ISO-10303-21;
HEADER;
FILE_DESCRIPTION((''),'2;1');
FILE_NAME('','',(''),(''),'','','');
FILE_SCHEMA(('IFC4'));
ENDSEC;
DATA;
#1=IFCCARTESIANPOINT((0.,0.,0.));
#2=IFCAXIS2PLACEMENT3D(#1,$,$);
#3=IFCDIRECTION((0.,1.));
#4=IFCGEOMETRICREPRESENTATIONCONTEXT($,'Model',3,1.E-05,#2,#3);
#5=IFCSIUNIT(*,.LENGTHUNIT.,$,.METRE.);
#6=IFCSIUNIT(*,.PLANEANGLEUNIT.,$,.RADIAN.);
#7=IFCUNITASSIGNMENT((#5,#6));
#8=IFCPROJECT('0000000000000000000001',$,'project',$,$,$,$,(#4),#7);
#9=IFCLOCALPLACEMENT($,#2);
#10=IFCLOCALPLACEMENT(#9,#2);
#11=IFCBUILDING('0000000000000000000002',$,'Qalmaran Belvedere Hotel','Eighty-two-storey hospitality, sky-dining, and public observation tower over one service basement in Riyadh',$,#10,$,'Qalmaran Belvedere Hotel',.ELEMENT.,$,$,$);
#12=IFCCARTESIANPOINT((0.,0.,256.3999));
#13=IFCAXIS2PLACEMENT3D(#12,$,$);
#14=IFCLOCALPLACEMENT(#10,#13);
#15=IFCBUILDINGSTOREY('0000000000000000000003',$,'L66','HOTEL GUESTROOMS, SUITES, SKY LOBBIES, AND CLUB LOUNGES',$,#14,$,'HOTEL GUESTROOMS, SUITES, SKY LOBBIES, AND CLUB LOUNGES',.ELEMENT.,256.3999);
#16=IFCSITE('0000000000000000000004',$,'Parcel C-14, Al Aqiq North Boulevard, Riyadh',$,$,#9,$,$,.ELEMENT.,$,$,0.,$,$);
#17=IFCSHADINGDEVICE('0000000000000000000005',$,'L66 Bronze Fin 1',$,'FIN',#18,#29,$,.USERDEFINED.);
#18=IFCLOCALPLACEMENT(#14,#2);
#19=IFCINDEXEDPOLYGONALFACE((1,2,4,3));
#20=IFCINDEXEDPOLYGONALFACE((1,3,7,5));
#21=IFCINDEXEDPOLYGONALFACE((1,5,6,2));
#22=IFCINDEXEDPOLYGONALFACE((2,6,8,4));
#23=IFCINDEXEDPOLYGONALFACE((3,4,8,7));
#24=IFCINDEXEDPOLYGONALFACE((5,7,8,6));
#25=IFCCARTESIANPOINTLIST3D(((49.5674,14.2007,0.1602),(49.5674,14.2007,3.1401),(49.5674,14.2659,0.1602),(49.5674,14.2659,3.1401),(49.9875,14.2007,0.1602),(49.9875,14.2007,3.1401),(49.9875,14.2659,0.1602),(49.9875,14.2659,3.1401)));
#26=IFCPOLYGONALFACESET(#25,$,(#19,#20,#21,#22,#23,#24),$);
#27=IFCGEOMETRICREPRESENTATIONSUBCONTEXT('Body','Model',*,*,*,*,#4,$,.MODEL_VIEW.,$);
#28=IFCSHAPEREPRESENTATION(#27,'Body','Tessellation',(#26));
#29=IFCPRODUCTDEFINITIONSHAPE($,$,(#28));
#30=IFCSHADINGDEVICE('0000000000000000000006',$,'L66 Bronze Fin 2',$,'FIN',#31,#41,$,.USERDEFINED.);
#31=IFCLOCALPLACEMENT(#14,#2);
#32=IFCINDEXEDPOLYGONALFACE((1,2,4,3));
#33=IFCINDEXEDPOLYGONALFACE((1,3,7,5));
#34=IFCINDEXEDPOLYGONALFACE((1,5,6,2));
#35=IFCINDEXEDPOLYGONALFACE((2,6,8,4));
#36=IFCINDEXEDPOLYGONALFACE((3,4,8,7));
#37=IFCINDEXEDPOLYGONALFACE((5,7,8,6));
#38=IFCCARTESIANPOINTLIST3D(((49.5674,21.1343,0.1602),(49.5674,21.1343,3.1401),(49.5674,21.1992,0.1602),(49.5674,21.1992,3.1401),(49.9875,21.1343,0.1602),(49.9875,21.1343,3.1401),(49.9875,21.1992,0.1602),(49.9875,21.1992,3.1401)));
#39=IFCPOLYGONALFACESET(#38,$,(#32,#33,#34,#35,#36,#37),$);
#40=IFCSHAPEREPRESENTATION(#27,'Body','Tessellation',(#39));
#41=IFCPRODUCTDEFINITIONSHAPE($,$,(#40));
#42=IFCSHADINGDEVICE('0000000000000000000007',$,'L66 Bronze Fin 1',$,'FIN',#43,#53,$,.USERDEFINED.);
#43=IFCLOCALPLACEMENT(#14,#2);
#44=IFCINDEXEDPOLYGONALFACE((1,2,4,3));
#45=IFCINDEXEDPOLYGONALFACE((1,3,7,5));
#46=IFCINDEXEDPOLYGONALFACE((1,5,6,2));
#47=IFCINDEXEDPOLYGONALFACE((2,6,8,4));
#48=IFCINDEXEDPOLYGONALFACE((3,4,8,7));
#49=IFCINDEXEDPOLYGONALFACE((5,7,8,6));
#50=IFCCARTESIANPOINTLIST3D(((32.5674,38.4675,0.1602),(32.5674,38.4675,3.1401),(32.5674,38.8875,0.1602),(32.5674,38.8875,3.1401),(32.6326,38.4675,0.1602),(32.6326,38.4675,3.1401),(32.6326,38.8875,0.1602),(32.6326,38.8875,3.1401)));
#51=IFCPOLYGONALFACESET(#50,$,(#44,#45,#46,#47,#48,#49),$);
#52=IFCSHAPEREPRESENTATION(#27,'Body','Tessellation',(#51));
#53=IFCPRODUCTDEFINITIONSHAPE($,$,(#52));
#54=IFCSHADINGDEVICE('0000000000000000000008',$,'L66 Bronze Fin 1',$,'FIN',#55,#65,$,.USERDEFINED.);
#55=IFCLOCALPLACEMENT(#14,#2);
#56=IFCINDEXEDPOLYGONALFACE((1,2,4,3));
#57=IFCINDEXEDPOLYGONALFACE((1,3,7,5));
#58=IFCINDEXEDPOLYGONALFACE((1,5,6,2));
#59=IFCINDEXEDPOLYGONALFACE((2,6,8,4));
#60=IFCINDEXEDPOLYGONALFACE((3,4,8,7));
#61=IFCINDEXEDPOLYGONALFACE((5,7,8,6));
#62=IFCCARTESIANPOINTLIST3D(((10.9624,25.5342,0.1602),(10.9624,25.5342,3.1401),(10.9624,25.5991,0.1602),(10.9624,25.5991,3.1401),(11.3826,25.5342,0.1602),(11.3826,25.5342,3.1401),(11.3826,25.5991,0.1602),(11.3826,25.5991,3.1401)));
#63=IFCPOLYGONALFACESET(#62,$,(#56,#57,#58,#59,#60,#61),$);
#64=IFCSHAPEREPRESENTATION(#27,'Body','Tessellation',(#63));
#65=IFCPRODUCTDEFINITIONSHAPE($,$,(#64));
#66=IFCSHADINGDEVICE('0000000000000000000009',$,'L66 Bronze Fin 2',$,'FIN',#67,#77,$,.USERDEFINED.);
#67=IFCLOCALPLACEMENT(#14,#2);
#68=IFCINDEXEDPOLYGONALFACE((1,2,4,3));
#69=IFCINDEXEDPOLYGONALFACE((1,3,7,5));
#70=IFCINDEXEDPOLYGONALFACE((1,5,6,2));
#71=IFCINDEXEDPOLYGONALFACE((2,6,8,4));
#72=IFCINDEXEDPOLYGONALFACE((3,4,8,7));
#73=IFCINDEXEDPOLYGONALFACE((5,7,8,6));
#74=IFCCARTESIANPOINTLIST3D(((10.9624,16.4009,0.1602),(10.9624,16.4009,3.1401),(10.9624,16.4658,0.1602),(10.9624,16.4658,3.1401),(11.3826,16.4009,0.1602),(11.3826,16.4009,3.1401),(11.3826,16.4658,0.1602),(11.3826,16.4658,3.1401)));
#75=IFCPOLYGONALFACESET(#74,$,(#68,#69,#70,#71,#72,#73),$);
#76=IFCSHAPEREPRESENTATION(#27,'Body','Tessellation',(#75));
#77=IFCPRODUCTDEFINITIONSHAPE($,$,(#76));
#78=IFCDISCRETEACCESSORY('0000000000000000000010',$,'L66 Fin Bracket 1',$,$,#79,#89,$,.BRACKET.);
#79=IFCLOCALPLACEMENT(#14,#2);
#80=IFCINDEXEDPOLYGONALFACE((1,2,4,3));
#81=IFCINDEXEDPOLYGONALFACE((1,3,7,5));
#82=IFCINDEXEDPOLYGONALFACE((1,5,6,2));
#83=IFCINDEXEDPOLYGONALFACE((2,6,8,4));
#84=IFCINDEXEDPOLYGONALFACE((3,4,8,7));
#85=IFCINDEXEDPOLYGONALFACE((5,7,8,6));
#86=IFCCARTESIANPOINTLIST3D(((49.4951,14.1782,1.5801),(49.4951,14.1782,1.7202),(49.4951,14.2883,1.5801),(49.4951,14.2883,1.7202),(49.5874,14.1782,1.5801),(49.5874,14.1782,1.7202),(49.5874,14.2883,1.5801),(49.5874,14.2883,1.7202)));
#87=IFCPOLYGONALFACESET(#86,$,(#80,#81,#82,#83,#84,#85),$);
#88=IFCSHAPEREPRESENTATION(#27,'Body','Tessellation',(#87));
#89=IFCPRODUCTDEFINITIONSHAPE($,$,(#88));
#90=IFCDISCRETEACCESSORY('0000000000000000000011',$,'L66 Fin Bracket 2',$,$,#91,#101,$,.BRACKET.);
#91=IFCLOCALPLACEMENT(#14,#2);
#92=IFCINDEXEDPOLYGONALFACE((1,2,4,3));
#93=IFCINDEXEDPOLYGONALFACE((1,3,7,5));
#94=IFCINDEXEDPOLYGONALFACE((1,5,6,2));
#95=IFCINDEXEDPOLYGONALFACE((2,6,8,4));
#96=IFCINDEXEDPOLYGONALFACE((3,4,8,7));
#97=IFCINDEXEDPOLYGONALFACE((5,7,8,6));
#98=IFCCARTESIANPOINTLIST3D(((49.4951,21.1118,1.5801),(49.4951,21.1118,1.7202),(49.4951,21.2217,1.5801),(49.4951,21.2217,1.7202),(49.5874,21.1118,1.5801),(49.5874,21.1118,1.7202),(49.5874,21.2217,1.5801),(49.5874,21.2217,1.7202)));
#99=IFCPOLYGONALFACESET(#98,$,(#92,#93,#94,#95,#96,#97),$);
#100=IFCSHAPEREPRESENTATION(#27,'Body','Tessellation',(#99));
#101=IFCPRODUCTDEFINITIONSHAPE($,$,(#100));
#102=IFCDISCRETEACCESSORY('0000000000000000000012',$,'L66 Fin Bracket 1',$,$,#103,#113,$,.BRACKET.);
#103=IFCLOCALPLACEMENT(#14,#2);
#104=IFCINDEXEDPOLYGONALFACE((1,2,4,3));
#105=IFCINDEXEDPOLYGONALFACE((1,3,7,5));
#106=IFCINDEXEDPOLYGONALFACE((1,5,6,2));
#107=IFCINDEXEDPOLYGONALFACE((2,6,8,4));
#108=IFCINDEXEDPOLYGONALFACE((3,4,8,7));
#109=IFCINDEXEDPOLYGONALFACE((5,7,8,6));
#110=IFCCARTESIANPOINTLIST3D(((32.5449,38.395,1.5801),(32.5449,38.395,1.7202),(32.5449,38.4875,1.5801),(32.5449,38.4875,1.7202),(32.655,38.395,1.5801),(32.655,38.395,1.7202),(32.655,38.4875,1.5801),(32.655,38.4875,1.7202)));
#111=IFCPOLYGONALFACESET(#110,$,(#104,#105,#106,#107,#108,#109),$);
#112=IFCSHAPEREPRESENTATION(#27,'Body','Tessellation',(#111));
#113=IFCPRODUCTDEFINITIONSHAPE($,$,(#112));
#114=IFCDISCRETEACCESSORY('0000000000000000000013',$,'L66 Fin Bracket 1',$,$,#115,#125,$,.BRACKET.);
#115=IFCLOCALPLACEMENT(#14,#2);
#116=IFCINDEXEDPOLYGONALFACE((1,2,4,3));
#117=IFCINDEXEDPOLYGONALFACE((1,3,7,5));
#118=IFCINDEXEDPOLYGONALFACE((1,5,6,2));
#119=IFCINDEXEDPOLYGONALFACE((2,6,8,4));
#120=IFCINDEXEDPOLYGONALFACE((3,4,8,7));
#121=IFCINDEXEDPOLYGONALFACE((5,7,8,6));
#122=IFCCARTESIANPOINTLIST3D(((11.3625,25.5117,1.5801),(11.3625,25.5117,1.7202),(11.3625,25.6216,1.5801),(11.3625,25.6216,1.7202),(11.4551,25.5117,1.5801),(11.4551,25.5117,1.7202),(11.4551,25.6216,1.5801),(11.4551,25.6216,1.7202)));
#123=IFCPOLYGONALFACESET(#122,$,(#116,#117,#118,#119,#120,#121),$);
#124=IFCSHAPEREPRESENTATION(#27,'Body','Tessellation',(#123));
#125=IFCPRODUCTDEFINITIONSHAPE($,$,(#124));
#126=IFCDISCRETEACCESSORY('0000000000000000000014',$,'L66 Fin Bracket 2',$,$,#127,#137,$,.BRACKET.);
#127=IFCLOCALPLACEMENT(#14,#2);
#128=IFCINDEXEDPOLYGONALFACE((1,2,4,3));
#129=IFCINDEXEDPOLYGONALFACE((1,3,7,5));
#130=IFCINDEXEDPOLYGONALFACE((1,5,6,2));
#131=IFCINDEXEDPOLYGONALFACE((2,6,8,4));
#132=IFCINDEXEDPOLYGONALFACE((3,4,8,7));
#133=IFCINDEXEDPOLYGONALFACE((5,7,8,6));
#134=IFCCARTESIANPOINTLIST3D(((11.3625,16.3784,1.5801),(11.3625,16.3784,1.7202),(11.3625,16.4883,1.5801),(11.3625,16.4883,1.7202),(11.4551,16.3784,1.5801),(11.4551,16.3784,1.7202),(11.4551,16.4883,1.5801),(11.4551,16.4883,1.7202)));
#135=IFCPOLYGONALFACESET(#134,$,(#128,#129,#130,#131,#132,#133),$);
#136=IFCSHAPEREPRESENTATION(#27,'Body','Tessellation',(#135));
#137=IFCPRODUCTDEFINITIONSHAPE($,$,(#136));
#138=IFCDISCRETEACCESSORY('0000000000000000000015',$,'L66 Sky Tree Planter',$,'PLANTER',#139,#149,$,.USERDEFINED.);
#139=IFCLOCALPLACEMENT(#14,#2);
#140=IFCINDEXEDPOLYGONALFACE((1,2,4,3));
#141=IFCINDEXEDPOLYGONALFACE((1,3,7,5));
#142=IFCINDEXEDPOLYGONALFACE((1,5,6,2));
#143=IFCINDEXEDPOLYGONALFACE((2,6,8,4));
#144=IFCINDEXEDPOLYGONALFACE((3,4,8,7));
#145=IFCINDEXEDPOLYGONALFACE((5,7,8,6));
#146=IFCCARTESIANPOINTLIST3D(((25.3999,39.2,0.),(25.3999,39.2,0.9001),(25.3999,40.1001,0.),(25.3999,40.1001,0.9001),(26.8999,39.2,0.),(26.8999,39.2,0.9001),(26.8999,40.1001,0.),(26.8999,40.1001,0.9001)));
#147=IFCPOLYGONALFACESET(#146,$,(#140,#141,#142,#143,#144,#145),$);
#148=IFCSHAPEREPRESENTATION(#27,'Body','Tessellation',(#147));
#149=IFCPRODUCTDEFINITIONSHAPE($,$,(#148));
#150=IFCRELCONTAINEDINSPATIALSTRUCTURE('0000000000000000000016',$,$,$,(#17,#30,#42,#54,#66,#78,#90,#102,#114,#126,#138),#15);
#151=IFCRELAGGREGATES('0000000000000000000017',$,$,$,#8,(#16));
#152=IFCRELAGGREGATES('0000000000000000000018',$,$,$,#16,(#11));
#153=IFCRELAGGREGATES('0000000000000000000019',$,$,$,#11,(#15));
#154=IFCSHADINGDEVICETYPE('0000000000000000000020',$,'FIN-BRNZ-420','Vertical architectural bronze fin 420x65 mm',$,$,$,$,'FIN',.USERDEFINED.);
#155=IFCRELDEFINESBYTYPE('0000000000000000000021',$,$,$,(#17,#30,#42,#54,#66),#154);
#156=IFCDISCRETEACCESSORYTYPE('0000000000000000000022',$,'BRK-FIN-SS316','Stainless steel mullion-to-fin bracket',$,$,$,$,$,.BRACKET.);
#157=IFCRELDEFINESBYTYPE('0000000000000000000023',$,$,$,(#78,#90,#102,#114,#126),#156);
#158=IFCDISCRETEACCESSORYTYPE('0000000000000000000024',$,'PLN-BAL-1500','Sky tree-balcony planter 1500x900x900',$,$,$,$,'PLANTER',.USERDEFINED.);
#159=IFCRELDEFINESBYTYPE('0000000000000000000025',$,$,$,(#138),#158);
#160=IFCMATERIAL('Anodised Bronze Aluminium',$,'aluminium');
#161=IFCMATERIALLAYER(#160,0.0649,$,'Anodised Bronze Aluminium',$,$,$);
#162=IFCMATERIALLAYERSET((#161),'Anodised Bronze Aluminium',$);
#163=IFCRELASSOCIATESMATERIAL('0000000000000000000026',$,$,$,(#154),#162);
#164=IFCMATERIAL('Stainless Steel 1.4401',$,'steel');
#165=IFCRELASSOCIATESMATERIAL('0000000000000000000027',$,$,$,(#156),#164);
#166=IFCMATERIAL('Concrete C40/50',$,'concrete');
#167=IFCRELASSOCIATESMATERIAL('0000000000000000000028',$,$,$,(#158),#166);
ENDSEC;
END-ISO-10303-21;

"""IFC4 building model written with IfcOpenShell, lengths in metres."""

from ifc_helpers import new_model, si_unit, direction, frame, origin, place, context, subcontext, project, spatial, polyline, outline, extrude, material, layer, layer_set, type_object, element, save


model = new_model("IFC4")

# Units and contexts
model_context = context("Model", 3, precision=1e-05, world=origin(), true_north=direction((0.0, 1.0)))
body_context = subcontext(model_context, "Body", "Model", "MODEL_VIEW")
ifc_project = project(units=[si_unit("LENGTHUNIT", "METRE"), si_unit("PLANEANGLEUNIT", "RADIAN")], contexts=[model_context])

# Site, building, storey
site_placement = place(None, origin())
site = spatial("IfcSite", under=ifc_project, at=site_placement, Name="Parcel C-14, Al Aqiq North Boulevard, Riyadh", CompositionType="ELEMENT", RefElevation=0.0)
building_placement = place(site_placement, origin())
building = spatial("IfcBuilding", under=site, at=building_placement, Name="Qalmaran Belvedere Hotel", Description="Eighty-two-storey hospitality, sky-dining, and public observation tower over one service basement in Riyadh", LongName="Qalmaran Belvedere Hotel", CompositionType="ELEMENT")
storey_placement = place(building_placement, frame((0.0, 0.0, 256.3999)))
storey = spatial("IfcBuildingStorey", under=building, at=storey_placement, Name="L66", Description="HOTEL GUESTROOMS, SUITES, SKY LOBBIES, AND CLUB LOUNGES", LongName="HOTEL GUESTROOMS, SUITES, SKY LOBBIES, AND CLUB LOUNGES", CompositionType="ELEMENT", Elevation=256.3999)

# Shared definitions
ifc_material_1 = material(Name="Anodised Bronze Aluminium", Category="aluminium")

# Shared definitions
ifc_material_2 = material(Name="Concrete C40/50", Category="concrete")

# Shading devices
ifc_layer_1 = layer(ifc_material_1, 0.0649, Name="Anodised Bronze Aluminium")
ifc_layer_set_1 = layer_set([ifc_layer_1], Name="Anodised Bronze Aluminium")
shading_device_type = type_object("IfcShadingDeviceType", Name="FIN-BRNZ-420", Description="Vertical architectural bronze fin 420x65 mm", ElementType="FIN", PredefinedType="USERDEFINED", material=ifc_layer_set_1)
shading_device_1_placement = place(storey_placement, frame((0.0, 0.0, 0.1602)))
element("IfcShadingDevice", 1, at=shading_device_1_placement, inside=storey, type_object=shading_device_type, Name="L66 Bronze Fin 1", ObjectType="FIN", PredefinedType="USERDEFINED", context=body_context, shape_type="SweptSolid", body=[
    extrude(outline(polyline([(49.5674, 14.2007), (49.9875, 14.2007), (49.9875, 14.2659), (49.5674, 14.2659), (49.5674, 14.2007)])), origin(), (0.0, 0.0, 1.0), 2.98),
])
shading_device_2_placement = place(storey_placement, frame((0.0, 0.0, 0.1602)))
element("IfcShadingDevice", 2, at=shading_device_2_placement, inside=storey, type_object=shading_device_type, Name="L66 Bronze Fin 2", ObjectType="FIN", PredefinedType="USERDEFINED", context=body_context, shape_type="SweptSolid", body=[
    extrude(outline(polyline([(49.5674, 21.1343), (49.9875, 21.1343), (49.9875, 21.1992), (49.5674, 21.1992), (49.5674, 21.1343)])), origin(), (0.0, 0.0, 1.0), 2.98),
])
shading_device_3_placement = place(storey_placement, frame((0.0, 0.0, 0.1602)))
element("IfcShadingDevice", 3, at=shading_device_3_placement, inside=storey, type_object=shading_device_type, Name="L66 Bronze Fin 1", ObjectType="FIN", PredefinedType="USERDEFINED", context=body_context, shape_type="SweptSolid", body=[
    extrude(outline(polyline([(32.6326, 38.4675), (32.6326, 38.8875), (32.5674, 38.8875), (32.5674, 38.4675), (32.6326, 38.4675)])), origin(), (0.0, 0.0, 1.0), 2.98),
])
shading_device_4_placement = place(storey_placement, frame((0.0, 0.0, 0.1602)))
element("IfcShadingDevice", 4, at=shading_device_4_placement, inside=storey, type_object=shading_device_type, Name="L66 Bronze Fin 1", ObjectType="FIN", PredefinedType="USERDEFINED", context=body_context, shape_type="SweptSolid", body=[
    extrude(outline(polyline([(11.3826, 25.5991), (10.9624, 25.5991), (10.9624, 25.5342), (11.3826, 25.5342), (11.3826, 25.5991)])), origin(), (0.0, 0.0, 1.0), 2.98),
])
shading_device_5_placement = place(storey_placement, frame((0.0, 0.0, 0.1602)))
element("IfcShadingDevice", 5, at=shading_device_5_placement, inside=storey, type_object=shading_device_type, Name="L66 Bronze Fin 2", ObjectType="FIN", PredefinedType="USERDEFINED", context=body_context, shape_type="SweptSolid", body=[
    extrude(outline(polyline([(11.3826, 16.4658), (10.9624, 16.4658), (10.9624, 16.4009), (11.3826, 16.4009), (11.3826, 16.4658)])), origin(), (0.0, 0.0, 1.0), 2.98),
])

# Discrete accessories
ifc_material_3 = material(Name="Stainless Steel 1.4401", Category="steel")
discrete_accessory_type_1 = type_object("IfcDiscreteAccessoryType", Name="BRK-FIN-SS316", Description="Stainless steel mullion-to-fin bracket", PredefinedType="BRACKET", material=ifc_material_3)
discrete_accessory_1_placement = place(storey_placement, frame((0.0, 0.0, 1.5801)))
element("IfcDiscreteAccessory", 6, at=discrete_accessory_1_placement, inside=storey, type_object=discrete_accessory_type_1, Name="L66 Fin Bracket 1", PredefinedType="BRACKET", context=body_context, shape_type="SweptSolid", body=[
    extrude(outline(polyline([(49.4951, 14.1782), (49.5874, 14.1782), (49.5874, 14.2883), (49.4951, 14.2883), (49.4951, 14.1782)])), origin(), (0.0, 0.0, 1.0), 0.1401),
])
discrete_accessory_2_placement = place(storey_placement, frame((0.0, 0.0, 1.5801)))
element("IfcDiscreteAccessory", 7, at=discrete_accessory_2_placement, inside=storey, type_object=discrete_accessory_type_1, Name="L66 Fin Bracket 2", PredefinedType="BRACKET", context=body_context, shape_type="SweptSolid", body=[
    extrude(outline(polyline([(49.4951, 21.1118), (49.5874, 21.1118), (49.5874, 21.2217), (49.4951, 21.2217), (49.4951, 21.1118)])), origin(), (0.0, 0.0, 1.0), 0.1401),
])
discrete_accessory_3_placement = place(storey_placement, frame((0.0, 0.0, 1.5801)))
element("IfcDiscreteAccessory", 8, at=discrete_accessory_3_placement, inside=storey, type_object=discrete_accessory_type_1, Name="L66 Fin Bracket 1", PredefinedType="BRACKET", context=body_context, shape_type="SweptSolid", body=[
    extrude(outline(polyline([(32.655, 38.395), (32.655, 38.4875), (32.5449, 38.4875), (32.5449, 38.395), (32.655, 38.395)])), origin(), (0.0, 0.0, 1.0), 0.1401),
])
discrete_accessory_4_placement = place(storey_placement, frame((0.0, 0.0, 1.5801)))
element("IfcDiscreteAccessory", 9, at=discrete_accessory_4_placement, inside=storey, type_object=discrete_accessory_type_1, Name="L66 Fin Bracket 1", PredefinedType="BRACKET", context=body_context, shape_type="SweptSolid", body=[
    extrude(outline(polyline([(11.4551, 25.6216), (11.3625, 25.6216), (11.3625, 25.5117), (11.4551, 25.5117), (11.4551, 25.6216)])), origin(), (0.0, 0.0, 1.0), 0.1401),
])
discrete_accessory_5_placement = place(storey_placement, frame((0.0, 0.0, 1.5801)))
element("IfcDiscreteAccessory", 10, at=discrete_accessory_5_placement, inside=storey, type_object=discrete_accessory_type_1, Name="L66 Fin Bracket 2", PredefinedType="BRACKET", context=body_context, shape_type="SweptSolid", body=[
    extrude(outline(polyline([(11.4551, 16.4883), (11.3625, 16.4883), (11.3625, 16.3784), (11.4551, 16.3784), (11.4551, 16.4883)])), origin(), (0.0, 0.0, 1.0), 0.1401),
])
discrete_accessory_type_2 = type_object("IfcDiscreteAccessoryType", Name="PLN-BAL-1500", Description="Sky tree-balcony planter 1500x900x900", ElementType="PLANTER", PredefinedType="USERDEFINED", material=ifc_material_2)
discrete_accessory_6_placement = place(storey_placement, origin())
element("IfcDiscreteAccessory", 11, at=discrete_accessory_6_placement, inside=storey, type_object=discrete_accessory_type_2, Name="L66 Sky Tree Planter", ObjectType="PLANTER", PredefinedType="USERDEFINED", context=body_context, shape_type="SweptSolid", body=[
    extrude(outline(polyline([(25.3999, 39.2), (26.8999, 39.2), (26.8999, 40.1001), (25.3999, 40.1001), (25.3999, 39.2)])), origin(), (0.0, 0.0, 1.0), 0.9001),
])

save(model, "model.ifc")
